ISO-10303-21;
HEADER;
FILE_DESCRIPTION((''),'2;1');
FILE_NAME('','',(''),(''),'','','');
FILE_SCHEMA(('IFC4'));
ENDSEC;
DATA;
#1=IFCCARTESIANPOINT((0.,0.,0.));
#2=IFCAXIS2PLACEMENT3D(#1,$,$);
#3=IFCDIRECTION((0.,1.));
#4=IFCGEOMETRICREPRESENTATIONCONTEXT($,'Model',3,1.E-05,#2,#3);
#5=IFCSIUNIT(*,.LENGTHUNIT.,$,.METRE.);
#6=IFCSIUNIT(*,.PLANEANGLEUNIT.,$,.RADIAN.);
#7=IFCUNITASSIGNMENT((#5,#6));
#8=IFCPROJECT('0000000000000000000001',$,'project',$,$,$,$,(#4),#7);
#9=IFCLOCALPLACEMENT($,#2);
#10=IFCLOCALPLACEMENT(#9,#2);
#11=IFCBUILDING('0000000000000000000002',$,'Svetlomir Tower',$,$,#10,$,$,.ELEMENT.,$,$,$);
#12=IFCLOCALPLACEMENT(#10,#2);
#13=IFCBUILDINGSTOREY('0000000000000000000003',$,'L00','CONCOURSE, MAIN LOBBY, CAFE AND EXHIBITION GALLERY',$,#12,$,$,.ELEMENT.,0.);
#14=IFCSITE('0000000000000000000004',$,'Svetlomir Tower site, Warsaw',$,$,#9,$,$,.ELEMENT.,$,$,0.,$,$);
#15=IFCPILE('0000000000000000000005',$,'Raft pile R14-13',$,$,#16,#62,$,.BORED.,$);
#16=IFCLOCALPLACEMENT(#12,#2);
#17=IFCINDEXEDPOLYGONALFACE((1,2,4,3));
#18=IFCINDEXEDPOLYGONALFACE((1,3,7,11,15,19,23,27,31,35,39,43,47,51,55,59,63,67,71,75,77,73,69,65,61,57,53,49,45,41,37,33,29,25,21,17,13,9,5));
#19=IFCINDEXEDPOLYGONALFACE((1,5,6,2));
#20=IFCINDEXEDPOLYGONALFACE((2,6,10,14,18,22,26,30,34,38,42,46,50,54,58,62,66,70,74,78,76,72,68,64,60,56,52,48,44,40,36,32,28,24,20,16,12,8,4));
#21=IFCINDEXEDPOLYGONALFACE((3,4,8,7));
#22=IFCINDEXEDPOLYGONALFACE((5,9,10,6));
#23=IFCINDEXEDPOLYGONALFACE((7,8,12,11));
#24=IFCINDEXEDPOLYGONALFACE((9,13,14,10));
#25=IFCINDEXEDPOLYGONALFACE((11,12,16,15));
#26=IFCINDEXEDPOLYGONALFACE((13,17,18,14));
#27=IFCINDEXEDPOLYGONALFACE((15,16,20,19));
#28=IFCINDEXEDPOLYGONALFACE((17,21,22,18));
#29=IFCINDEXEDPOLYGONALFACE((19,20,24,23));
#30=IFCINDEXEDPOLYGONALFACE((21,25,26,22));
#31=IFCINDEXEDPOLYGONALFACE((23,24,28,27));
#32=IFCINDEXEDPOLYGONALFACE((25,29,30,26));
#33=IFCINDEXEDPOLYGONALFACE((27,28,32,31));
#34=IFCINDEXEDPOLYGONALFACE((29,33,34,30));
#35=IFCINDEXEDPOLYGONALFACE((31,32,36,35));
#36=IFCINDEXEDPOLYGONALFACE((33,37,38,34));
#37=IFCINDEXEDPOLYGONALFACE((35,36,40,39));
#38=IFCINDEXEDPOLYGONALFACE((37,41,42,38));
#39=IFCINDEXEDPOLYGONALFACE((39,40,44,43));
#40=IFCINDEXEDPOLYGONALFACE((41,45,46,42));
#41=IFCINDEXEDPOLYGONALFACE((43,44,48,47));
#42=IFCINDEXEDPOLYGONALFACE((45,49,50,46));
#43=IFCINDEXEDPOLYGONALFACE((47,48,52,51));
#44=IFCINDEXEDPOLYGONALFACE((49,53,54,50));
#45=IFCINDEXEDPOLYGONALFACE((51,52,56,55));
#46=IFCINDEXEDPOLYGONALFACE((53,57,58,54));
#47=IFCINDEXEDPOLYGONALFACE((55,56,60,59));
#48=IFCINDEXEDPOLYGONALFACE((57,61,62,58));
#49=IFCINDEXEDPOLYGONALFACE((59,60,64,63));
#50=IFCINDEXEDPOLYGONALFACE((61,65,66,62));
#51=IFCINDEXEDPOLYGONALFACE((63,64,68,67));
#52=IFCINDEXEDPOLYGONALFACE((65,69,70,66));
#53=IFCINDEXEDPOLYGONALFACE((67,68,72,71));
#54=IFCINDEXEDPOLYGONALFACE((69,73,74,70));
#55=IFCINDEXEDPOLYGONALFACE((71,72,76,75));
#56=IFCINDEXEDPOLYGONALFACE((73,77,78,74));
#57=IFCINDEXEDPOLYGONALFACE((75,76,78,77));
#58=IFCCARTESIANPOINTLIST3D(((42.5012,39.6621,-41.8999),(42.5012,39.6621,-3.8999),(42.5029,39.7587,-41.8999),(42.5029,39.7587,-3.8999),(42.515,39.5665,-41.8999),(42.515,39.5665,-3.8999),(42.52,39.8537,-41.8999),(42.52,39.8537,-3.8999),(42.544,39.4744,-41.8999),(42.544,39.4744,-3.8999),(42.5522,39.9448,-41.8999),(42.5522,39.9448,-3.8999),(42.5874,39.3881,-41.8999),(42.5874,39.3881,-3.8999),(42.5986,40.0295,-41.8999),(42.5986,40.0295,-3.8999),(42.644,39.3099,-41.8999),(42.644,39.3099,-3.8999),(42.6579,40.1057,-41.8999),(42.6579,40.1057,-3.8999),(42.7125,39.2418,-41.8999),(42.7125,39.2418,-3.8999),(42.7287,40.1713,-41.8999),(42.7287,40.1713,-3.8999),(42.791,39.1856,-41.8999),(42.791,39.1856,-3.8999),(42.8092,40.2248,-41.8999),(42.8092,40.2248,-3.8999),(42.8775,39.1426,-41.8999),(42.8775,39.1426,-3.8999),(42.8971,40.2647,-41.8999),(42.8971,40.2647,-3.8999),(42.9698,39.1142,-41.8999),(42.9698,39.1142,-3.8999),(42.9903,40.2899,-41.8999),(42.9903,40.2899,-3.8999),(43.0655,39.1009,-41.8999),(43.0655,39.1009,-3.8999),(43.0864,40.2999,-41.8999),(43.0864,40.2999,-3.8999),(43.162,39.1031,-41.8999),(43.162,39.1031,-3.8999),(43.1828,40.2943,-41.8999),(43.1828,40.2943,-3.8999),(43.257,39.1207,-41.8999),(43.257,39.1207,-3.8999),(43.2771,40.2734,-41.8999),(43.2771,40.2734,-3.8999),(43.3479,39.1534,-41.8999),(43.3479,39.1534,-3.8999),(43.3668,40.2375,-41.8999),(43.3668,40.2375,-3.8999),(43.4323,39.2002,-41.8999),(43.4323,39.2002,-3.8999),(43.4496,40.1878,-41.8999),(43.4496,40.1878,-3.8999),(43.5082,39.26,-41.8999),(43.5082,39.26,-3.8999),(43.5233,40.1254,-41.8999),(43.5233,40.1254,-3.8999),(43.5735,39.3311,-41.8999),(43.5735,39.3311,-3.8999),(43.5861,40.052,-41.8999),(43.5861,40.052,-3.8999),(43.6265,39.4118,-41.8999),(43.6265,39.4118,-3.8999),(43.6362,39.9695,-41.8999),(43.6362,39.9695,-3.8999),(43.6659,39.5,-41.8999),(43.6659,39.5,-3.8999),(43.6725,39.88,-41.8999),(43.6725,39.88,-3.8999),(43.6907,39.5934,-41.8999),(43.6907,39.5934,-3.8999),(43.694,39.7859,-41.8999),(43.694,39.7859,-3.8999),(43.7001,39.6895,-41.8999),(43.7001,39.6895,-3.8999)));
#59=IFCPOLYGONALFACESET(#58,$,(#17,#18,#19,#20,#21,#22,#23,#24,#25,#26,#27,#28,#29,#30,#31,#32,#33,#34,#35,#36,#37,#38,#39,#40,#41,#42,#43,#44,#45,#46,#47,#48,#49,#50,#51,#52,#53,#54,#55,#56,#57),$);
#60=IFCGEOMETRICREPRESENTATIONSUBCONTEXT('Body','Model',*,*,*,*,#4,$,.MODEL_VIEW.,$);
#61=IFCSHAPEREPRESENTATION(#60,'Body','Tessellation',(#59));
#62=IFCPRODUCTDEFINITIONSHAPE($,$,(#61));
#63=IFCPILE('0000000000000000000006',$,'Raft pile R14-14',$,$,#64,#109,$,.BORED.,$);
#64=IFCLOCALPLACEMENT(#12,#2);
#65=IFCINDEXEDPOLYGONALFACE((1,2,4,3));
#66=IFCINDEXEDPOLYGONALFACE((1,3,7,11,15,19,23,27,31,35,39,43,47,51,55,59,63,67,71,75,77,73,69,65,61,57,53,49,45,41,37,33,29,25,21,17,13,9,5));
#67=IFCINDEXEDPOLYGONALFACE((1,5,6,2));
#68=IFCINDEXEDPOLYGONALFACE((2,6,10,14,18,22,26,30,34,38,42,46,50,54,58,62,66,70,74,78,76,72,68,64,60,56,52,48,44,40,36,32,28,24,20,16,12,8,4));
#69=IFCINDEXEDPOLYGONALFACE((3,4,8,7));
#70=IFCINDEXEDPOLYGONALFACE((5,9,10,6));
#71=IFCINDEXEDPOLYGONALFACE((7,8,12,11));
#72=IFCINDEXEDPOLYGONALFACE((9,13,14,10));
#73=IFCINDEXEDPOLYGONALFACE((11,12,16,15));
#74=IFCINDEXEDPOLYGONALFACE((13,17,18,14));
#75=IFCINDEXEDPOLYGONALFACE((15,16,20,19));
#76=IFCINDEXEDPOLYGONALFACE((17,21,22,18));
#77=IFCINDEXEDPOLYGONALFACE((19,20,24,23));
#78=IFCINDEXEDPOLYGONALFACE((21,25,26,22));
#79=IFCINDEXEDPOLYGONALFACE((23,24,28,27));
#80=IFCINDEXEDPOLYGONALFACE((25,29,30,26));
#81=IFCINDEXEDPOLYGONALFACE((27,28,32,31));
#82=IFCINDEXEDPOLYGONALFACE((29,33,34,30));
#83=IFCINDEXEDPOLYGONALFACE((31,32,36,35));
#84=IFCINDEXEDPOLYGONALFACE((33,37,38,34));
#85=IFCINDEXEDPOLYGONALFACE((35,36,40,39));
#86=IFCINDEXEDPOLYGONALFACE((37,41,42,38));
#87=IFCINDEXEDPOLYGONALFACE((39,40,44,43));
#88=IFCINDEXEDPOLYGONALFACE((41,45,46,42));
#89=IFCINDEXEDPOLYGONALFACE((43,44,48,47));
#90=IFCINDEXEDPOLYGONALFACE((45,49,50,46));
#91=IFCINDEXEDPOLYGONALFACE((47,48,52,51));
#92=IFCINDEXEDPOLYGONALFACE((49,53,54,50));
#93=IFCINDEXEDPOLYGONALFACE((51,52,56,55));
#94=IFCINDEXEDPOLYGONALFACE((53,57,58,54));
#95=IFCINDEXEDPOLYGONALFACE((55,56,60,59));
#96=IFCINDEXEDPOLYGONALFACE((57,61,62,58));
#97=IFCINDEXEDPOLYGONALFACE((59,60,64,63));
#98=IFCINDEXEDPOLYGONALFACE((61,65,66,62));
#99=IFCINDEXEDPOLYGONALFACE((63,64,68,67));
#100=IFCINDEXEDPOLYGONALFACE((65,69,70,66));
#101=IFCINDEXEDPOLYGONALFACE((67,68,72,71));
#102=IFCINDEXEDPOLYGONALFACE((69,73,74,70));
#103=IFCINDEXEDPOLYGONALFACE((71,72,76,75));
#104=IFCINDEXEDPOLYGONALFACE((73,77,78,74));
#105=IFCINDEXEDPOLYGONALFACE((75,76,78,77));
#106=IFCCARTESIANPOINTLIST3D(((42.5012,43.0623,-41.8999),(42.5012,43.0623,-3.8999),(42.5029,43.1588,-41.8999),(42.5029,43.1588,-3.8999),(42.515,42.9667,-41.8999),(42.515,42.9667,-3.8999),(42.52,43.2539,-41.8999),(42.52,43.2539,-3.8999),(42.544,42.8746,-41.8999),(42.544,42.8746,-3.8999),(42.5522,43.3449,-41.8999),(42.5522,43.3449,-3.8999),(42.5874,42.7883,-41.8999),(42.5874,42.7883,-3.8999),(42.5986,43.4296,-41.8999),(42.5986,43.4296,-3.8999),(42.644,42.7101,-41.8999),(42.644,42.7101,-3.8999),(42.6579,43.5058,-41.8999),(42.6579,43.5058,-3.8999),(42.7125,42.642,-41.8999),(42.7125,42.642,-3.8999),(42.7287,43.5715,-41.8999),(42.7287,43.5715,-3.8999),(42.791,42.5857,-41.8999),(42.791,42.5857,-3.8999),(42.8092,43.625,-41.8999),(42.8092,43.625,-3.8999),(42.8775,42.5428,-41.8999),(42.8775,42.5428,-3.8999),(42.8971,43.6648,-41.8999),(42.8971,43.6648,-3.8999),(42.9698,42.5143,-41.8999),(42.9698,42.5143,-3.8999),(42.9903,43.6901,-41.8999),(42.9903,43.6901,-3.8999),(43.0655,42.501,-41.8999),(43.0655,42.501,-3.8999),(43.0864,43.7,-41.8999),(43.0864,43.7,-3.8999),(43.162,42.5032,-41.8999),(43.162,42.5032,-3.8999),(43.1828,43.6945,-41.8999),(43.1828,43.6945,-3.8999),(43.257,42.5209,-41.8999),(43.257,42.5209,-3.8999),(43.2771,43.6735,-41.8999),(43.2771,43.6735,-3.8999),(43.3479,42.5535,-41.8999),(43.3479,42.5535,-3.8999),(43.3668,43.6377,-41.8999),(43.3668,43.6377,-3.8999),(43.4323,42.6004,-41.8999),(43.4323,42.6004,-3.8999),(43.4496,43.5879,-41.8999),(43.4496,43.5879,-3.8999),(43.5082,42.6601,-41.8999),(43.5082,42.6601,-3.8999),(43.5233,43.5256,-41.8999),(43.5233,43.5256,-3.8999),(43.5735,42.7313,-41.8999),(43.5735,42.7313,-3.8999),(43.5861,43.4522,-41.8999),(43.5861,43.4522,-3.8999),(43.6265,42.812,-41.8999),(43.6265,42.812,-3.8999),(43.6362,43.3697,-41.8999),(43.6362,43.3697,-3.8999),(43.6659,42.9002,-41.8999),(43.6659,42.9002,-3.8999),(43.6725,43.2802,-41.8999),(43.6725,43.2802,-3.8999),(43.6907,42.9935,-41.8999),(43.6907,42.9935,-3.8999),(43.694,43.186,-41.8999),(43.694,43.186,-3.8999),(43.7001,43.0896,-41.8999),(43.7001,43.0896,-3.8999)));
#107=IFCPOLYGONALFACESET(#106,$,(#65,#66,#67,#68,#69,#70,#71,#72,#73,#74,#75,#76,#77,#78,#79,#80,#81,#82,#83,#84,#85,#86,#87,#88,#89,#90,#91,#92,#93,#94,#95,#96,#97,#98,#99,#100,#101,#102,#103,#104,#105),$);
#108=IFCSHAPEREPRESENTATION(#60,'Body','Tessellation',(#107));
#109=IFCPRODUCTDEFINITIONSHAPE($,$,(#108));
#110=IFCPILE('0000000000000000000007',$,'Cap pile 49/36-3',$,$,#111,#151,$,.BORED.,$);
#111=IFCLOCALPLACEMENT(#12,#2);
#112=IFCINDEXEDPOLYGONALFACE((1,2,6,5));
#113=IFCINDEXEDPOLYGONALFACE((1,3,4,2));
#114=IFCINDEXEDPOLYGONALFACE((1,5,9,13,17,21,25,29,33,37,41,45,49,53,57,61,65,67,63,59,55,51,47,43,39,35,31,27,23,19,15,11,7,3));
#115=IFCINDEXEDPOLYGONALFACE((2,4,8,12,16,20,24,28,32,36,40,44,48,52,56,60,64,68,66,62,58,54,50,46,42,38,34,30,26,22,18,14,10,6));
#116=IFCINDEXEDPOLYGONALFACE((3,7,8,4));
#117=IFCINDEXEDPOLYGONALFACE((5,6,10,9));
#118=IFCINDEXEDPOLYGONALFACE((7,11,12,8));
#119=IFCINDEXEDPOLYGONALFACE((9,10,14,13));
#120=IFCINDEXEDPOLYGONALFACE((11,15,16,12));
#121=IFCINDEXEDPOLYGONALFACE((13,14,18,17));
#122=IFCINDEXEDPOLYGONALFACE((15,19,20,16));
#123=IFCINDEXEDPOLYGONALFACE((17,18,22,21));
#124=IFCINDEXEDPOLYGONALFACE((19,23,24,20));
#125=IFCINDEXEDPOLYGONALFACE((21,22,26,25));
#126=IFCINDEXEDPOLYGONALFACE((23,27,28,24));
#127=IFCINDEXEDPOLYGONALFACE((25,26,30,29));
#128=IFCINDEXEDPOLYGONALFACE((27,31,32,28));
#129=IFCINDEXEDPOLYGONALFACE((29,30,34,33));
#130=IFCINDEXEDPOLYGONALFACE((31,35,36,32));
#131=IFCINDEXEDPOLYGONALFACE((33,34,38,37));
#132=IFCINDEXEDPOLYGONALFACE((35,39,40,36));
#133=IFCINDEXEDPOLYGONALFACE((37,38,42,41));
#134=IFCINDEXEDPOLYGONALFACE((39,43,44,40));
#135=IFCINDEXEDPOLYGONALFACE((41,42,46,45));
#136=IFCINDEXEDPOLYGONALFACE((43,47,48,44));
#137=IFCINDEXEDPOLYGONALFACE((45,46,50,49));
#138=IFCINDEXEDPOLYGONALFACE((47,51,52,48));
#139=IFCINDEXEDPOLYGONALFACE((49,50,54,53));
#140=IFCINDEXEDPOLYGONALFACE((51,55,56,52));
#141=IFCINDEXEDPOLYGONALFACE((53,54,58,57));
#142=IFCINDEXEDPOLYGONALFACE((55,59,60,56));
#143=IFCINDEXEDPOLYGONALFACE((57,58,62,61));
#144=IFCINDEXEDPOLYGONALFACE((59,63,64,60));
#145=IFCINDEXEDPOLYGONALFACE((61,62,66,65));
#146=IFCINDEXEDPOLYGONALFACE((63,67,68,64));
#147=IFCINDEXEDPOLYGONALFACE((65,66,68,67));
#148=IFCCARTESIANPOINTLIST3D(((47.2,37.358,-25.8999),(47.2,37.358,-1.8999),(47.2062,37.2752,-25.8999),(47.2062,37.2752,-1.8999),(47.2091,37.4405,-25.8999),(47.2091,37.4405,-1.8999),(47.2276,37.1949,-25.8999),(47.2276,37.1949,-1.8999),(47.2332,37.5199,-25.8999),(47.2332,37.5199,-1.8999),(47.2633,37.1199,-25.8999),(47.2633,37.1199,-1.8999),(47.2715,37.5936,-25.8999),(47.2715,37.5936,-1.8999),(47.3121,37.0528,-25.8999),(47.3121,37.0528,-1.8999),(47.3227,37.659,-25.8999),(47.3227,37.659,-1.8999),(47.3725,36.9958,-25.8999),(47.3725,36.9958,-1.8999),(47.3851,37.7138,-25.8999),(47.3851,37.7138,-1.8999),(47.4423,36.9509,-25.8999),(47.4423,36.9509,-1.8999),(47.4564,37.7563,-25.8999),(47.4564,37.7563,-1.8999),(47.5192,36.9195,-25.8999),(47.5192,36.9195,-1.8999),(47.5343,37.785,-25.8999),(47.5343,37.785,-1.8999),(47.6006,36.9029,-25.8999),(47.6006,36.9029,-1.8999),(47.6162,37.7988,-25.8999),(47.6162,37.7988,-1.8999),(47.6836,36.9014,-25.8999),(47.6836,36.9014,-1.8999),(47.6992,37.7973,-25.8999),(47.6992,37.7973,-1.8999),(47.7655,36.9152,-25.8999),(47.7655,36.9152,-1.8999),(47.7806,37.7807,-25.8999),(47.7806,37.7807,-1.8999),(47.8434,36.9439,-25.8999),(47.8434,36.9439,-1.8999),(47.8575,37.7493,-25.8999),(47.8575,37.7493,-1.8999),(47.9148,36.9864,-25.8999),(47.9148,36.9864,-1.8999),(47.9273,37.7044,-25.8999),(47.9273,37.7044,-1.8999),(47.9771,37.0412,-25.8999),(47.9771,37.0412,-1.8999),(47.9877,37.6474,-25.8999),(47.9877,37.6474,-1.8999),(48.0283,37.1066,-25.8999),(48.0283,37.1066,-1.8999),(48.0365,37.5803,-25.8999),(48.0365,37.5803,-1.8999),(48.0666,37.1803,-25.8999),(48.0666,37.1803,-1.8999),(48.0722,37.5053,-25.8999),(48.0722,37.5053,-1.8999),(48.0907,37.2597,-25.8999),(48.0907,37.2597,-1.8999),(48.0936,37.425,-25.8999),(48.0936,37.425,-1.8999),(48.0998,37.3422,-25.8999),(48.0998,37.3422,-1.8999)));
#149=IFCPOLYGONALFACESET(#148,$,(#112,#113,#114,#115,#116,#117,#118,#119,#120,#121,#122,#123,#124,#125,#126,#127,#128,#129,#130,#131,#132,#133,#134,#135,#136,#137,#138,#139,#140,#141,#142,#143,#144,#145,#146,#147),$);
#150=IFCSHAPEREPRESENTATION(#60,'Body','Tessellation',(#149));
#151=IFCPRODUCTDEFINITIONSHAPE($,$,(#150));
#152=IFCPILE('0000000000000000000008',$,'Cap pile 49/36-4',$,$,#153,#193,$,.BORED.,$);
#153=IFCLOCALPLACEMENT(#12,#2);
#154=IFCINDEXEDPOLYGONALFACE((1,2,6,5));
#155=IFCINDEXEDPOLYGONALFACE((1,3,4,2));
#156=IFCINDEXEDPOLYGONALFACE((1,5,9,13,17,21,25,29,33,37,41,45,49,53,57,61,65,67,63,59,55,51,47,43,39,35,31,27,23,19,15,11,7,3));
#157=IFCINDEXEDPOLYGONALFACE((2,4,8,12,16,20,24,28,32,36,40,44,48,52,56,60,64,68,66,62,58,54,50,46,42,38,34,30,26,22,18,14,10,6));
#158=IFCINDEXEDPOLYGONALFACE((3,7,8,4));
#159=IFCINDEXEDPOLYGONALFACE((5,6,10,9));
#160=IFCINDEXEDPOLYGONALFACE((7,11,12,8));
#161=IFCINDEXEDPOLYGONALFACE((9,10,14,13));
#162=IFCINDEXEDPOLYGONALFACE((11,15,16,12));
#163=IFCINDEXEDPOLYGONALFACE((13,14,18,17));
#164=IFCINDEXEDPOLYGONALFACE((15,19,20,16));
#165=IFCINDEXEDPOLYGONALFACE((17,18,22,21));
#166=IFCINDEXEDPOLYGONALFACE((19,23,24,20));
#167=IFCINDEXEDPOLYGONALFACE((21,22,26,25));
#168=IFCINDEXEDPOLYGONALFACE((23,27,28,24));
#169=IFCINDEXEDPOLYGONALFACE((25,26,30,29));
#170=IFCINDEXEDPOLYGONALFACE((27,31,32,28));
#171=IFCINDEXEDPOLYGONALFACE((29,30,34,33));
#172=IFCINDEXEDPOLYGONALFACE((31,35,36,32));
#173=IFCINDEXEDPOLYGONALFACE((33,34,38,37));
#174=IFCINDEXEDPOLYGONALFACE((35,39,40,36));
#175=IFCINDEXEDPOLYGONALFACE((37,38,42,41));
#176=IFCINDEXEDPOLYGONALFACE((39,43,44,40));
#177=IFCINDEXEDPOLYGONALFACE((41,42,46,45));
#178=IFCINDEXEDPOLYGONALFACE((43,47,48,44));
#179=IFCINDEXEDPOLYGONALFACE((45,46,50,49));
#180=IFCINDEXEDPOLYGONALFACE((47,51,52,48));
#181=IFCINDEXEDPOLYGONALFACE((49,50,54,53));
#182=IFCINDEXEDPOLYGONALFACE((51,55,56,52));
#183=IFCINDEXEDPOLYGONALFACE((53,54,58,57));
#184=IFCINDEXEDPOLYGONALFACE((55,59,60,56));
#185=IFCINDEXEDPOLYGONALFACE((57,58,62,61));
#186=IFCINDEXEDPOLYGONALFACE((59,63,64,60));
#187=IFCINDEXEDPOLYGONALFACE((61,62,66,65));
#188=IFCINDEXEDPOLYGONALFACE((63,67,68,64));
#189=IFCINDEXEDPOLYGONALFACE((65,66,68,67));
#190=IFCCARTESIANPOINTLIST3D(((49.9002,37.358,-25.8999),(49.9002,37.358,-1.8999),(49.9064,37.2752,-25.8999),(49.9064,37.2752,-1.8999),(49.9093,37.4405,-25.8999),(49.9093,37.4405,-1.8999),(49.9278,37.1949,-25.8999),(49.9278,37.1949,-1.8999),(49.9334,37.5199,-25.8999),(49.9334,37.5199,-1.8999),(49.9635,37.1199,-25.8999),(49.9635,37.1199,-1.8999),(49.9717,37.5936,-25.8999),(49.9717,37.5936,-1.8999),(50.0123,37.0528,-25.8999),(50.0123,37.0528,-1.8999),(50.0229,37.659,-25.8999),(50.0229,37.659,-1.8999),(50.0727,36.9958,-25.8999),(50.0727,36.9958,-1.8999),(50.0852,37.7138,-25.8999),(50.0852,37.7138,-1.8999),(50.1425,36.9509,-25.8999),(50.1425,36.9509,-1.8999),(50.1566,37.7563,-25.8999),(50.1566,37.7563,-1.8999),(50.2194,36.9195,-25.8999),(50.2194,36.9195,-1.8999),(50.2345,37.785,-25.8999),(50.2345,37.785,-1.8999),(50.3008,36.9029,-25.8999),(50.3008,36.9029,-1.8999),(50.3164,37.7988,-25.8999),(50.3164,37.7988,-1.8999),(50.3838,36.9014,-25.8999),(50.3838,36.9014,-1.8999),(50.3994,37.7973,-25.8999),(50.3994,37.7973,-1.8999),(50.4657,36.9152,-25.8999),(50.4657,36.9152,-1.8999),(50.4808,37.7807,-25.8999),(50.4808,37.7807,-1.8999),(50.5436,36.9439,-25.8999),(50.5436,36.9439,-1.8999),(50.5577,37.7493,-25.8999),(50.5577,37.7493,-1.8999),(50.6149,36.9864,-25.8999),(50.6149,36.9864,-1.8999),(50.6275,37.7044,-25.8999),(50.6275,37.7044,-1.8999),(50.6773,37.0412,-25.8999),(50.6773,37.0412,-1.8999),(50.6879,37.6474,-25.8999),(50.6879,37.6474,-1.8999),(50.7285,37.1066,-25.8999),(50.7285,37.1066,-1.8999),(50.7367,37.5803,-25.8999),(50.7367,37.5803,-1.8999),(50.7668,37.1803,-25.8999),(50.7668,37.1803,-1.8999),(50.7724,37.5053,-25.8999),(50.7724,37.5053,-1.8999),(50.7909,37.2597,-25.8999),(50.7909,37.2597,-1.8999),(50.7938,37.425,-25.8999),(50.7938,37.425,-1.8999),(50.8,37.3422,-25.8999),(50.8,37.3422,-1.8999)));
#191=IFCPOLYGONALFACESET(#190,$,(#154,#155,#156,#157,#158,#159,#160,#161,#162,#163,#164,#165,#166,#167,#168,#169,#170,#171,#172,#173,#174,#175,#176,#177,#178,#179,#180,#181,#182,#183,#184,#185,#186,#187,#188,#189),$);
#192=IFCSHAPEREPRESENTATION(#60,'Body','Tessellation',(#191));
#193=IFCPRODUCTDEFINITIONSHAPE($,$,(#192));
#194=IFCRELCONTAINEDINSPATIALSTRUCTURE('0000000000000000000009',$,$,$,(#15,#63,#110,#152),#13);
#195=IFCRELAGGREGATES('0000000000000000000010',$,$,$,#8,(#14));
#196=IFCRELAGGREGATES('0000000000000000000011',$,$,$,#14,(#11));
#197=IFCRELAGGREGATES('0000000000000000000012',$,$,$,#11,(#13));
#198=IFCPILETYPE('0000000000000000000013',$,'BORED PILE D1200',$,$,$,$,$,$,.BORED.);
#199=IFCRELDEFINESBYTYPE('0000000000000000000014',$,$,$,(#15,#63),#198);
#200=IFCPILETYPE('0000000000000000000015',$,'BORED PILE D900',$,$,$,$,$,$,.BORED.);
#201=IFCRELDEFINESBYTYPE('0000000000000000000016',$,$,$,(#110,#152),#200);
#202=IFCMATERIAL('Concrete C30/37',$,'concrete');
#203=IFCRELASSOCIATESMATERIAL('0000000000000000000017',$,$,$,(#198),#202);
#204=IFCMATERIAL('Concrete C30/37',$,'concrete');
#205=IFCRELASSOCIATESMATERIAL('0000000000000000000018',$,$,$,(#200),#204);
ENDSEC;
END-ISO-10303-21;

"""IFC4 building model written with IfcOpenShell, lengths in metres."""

from ifc_helpers import new_model, si_unit, direction, frame, frame_2d, origin, origin_2d, place, context, subcontext, project, spatial, circle, extrude, material, material_profile, profile_set, type_object, element, save


model = new_model("IFC4")

# Units and contexts
model_context = context("Model", 3, precision=1e-05, world=origin(), true_north=direction((0.0, 1.0)))
body_context = subcontext(model_context, "Body", "Model", "MODEL_VIEW")
ifc_project = project(units=[si_unit("LENGTHUNIT", "METRE"), si_unit("PLANEANGLEUNIT", "RADIAN")], contexts=[model_context])

# Site, building, storey
site_placement = place(None, origin())
site = spatial("IfcSite", under=ifc_project, at=site_placement, Name="Svetlomir Tower site, Warsaw", CompositionType="ELEMENT", RefElevation=0.0)
building_placement = place(site_placement, origin())
building = spatial("IfcBuilding", under=site, at=building_placement, Name="Svetlomir Tower", CompositionType="ELEMENT")
storey_placement = place(building_placement, origin())
storey = spatial("IfcBuildingStorey", under=building, at=storey_placement, Name="L00", Description="CONCOURSE, MAIN LOBBY, CAFE AND EXHIBITION GALLERY", CompositionType="ELEMENT", Elevation=0.0)

# Piles
ifc_material_1 = material(Name="Concrete C30/37", Category="concrete")
ifc_material_profile_1 = material_profile(ifc_material_1, circle(Radius=0.6001, at=origin_2d()), Name="D1200")
ifc_profile_set_1 = profile_set([ifc_material_profile_1], Name="Concrete C30/37")
pile_type_1 = type_object("IfcPileType", Name="BORED PILE D1200", PredefinedType="BORED", material=ifc_profile_set_1)
for number, where, z_axis, x_axis, name in (
    (1, (43.1001, 39.7, -3.8999), (0.0, 0.0, -1.0), (1.0, 0.0, 0.0), "Raft pile R14-13"),
    (2, (43.1001, 43.1001, -3.8999), (0.0, 0.0, -1.0), (1.0, 0.0, 0.0), "Raft pile R14-14"),
):
    element("IfcPile", number, at=place(storey_placement, frame(where, z_axis=z_axis, x_axis=x_axis)), inside=storey, type_object=pile_type_1, Name=name, PredefinedType="BORED", context=body_context, shape_type="SweptSolid", body=[
        extrude(circle(Radius=0.6001, at=frame_2d((0.0, 0.0), x_axis=(0.999848, 0.017452))), origin(), (0.0, 0.0, 1.0), 38.0),
    ])
ifc_material_2 = material(Name="Concrete C30/37", Category="concrete")
ifc_material_profile_2 = material_profile(ifc_material_2, circle(Radius=0.45, at=origin_2d()), Name="RC D900")
ifc_profile_set_2 = profile_set([ifc_material_profile_2], Name="Concrete C30/37")
pile_type_2 = type_object("IfcPileType", Name="BORED PILE D900", PredefinedType="BORED", material=ifc_profile_set_2)
for number, where, z_axis, x_axis, name in (
    (3, (47.6499, 37.3501, -1.8999), (0.0, 0.0, -1.0), (1.0, 0.0, 0.0), "Cap pile 49/36-3"),
    (4, (50.3501, 37.3501, -1.8999), (0.0, 0.0, -1.0), (1.0, 0.0, 0.0), "Cap pile 49/36-4"),
):
    element("IfcPile", number, at=place(storey_placement, frame(where, z_axis=z_axis, x_axis=x_axis)), inside=storey, type_object=pile_type_2, Name=name, PredefinedType="BORED", context=body_context, shape_type="SweptSolid", body=[
        extrude(circle(Radius=0.45, at=frame_2d((0.0, 0.0), x_axis=(0.999848, 0.017452))), origin(), (0.0, 0.0, 1.0), 24.0),
    ])

save(model, "model.ifc")
